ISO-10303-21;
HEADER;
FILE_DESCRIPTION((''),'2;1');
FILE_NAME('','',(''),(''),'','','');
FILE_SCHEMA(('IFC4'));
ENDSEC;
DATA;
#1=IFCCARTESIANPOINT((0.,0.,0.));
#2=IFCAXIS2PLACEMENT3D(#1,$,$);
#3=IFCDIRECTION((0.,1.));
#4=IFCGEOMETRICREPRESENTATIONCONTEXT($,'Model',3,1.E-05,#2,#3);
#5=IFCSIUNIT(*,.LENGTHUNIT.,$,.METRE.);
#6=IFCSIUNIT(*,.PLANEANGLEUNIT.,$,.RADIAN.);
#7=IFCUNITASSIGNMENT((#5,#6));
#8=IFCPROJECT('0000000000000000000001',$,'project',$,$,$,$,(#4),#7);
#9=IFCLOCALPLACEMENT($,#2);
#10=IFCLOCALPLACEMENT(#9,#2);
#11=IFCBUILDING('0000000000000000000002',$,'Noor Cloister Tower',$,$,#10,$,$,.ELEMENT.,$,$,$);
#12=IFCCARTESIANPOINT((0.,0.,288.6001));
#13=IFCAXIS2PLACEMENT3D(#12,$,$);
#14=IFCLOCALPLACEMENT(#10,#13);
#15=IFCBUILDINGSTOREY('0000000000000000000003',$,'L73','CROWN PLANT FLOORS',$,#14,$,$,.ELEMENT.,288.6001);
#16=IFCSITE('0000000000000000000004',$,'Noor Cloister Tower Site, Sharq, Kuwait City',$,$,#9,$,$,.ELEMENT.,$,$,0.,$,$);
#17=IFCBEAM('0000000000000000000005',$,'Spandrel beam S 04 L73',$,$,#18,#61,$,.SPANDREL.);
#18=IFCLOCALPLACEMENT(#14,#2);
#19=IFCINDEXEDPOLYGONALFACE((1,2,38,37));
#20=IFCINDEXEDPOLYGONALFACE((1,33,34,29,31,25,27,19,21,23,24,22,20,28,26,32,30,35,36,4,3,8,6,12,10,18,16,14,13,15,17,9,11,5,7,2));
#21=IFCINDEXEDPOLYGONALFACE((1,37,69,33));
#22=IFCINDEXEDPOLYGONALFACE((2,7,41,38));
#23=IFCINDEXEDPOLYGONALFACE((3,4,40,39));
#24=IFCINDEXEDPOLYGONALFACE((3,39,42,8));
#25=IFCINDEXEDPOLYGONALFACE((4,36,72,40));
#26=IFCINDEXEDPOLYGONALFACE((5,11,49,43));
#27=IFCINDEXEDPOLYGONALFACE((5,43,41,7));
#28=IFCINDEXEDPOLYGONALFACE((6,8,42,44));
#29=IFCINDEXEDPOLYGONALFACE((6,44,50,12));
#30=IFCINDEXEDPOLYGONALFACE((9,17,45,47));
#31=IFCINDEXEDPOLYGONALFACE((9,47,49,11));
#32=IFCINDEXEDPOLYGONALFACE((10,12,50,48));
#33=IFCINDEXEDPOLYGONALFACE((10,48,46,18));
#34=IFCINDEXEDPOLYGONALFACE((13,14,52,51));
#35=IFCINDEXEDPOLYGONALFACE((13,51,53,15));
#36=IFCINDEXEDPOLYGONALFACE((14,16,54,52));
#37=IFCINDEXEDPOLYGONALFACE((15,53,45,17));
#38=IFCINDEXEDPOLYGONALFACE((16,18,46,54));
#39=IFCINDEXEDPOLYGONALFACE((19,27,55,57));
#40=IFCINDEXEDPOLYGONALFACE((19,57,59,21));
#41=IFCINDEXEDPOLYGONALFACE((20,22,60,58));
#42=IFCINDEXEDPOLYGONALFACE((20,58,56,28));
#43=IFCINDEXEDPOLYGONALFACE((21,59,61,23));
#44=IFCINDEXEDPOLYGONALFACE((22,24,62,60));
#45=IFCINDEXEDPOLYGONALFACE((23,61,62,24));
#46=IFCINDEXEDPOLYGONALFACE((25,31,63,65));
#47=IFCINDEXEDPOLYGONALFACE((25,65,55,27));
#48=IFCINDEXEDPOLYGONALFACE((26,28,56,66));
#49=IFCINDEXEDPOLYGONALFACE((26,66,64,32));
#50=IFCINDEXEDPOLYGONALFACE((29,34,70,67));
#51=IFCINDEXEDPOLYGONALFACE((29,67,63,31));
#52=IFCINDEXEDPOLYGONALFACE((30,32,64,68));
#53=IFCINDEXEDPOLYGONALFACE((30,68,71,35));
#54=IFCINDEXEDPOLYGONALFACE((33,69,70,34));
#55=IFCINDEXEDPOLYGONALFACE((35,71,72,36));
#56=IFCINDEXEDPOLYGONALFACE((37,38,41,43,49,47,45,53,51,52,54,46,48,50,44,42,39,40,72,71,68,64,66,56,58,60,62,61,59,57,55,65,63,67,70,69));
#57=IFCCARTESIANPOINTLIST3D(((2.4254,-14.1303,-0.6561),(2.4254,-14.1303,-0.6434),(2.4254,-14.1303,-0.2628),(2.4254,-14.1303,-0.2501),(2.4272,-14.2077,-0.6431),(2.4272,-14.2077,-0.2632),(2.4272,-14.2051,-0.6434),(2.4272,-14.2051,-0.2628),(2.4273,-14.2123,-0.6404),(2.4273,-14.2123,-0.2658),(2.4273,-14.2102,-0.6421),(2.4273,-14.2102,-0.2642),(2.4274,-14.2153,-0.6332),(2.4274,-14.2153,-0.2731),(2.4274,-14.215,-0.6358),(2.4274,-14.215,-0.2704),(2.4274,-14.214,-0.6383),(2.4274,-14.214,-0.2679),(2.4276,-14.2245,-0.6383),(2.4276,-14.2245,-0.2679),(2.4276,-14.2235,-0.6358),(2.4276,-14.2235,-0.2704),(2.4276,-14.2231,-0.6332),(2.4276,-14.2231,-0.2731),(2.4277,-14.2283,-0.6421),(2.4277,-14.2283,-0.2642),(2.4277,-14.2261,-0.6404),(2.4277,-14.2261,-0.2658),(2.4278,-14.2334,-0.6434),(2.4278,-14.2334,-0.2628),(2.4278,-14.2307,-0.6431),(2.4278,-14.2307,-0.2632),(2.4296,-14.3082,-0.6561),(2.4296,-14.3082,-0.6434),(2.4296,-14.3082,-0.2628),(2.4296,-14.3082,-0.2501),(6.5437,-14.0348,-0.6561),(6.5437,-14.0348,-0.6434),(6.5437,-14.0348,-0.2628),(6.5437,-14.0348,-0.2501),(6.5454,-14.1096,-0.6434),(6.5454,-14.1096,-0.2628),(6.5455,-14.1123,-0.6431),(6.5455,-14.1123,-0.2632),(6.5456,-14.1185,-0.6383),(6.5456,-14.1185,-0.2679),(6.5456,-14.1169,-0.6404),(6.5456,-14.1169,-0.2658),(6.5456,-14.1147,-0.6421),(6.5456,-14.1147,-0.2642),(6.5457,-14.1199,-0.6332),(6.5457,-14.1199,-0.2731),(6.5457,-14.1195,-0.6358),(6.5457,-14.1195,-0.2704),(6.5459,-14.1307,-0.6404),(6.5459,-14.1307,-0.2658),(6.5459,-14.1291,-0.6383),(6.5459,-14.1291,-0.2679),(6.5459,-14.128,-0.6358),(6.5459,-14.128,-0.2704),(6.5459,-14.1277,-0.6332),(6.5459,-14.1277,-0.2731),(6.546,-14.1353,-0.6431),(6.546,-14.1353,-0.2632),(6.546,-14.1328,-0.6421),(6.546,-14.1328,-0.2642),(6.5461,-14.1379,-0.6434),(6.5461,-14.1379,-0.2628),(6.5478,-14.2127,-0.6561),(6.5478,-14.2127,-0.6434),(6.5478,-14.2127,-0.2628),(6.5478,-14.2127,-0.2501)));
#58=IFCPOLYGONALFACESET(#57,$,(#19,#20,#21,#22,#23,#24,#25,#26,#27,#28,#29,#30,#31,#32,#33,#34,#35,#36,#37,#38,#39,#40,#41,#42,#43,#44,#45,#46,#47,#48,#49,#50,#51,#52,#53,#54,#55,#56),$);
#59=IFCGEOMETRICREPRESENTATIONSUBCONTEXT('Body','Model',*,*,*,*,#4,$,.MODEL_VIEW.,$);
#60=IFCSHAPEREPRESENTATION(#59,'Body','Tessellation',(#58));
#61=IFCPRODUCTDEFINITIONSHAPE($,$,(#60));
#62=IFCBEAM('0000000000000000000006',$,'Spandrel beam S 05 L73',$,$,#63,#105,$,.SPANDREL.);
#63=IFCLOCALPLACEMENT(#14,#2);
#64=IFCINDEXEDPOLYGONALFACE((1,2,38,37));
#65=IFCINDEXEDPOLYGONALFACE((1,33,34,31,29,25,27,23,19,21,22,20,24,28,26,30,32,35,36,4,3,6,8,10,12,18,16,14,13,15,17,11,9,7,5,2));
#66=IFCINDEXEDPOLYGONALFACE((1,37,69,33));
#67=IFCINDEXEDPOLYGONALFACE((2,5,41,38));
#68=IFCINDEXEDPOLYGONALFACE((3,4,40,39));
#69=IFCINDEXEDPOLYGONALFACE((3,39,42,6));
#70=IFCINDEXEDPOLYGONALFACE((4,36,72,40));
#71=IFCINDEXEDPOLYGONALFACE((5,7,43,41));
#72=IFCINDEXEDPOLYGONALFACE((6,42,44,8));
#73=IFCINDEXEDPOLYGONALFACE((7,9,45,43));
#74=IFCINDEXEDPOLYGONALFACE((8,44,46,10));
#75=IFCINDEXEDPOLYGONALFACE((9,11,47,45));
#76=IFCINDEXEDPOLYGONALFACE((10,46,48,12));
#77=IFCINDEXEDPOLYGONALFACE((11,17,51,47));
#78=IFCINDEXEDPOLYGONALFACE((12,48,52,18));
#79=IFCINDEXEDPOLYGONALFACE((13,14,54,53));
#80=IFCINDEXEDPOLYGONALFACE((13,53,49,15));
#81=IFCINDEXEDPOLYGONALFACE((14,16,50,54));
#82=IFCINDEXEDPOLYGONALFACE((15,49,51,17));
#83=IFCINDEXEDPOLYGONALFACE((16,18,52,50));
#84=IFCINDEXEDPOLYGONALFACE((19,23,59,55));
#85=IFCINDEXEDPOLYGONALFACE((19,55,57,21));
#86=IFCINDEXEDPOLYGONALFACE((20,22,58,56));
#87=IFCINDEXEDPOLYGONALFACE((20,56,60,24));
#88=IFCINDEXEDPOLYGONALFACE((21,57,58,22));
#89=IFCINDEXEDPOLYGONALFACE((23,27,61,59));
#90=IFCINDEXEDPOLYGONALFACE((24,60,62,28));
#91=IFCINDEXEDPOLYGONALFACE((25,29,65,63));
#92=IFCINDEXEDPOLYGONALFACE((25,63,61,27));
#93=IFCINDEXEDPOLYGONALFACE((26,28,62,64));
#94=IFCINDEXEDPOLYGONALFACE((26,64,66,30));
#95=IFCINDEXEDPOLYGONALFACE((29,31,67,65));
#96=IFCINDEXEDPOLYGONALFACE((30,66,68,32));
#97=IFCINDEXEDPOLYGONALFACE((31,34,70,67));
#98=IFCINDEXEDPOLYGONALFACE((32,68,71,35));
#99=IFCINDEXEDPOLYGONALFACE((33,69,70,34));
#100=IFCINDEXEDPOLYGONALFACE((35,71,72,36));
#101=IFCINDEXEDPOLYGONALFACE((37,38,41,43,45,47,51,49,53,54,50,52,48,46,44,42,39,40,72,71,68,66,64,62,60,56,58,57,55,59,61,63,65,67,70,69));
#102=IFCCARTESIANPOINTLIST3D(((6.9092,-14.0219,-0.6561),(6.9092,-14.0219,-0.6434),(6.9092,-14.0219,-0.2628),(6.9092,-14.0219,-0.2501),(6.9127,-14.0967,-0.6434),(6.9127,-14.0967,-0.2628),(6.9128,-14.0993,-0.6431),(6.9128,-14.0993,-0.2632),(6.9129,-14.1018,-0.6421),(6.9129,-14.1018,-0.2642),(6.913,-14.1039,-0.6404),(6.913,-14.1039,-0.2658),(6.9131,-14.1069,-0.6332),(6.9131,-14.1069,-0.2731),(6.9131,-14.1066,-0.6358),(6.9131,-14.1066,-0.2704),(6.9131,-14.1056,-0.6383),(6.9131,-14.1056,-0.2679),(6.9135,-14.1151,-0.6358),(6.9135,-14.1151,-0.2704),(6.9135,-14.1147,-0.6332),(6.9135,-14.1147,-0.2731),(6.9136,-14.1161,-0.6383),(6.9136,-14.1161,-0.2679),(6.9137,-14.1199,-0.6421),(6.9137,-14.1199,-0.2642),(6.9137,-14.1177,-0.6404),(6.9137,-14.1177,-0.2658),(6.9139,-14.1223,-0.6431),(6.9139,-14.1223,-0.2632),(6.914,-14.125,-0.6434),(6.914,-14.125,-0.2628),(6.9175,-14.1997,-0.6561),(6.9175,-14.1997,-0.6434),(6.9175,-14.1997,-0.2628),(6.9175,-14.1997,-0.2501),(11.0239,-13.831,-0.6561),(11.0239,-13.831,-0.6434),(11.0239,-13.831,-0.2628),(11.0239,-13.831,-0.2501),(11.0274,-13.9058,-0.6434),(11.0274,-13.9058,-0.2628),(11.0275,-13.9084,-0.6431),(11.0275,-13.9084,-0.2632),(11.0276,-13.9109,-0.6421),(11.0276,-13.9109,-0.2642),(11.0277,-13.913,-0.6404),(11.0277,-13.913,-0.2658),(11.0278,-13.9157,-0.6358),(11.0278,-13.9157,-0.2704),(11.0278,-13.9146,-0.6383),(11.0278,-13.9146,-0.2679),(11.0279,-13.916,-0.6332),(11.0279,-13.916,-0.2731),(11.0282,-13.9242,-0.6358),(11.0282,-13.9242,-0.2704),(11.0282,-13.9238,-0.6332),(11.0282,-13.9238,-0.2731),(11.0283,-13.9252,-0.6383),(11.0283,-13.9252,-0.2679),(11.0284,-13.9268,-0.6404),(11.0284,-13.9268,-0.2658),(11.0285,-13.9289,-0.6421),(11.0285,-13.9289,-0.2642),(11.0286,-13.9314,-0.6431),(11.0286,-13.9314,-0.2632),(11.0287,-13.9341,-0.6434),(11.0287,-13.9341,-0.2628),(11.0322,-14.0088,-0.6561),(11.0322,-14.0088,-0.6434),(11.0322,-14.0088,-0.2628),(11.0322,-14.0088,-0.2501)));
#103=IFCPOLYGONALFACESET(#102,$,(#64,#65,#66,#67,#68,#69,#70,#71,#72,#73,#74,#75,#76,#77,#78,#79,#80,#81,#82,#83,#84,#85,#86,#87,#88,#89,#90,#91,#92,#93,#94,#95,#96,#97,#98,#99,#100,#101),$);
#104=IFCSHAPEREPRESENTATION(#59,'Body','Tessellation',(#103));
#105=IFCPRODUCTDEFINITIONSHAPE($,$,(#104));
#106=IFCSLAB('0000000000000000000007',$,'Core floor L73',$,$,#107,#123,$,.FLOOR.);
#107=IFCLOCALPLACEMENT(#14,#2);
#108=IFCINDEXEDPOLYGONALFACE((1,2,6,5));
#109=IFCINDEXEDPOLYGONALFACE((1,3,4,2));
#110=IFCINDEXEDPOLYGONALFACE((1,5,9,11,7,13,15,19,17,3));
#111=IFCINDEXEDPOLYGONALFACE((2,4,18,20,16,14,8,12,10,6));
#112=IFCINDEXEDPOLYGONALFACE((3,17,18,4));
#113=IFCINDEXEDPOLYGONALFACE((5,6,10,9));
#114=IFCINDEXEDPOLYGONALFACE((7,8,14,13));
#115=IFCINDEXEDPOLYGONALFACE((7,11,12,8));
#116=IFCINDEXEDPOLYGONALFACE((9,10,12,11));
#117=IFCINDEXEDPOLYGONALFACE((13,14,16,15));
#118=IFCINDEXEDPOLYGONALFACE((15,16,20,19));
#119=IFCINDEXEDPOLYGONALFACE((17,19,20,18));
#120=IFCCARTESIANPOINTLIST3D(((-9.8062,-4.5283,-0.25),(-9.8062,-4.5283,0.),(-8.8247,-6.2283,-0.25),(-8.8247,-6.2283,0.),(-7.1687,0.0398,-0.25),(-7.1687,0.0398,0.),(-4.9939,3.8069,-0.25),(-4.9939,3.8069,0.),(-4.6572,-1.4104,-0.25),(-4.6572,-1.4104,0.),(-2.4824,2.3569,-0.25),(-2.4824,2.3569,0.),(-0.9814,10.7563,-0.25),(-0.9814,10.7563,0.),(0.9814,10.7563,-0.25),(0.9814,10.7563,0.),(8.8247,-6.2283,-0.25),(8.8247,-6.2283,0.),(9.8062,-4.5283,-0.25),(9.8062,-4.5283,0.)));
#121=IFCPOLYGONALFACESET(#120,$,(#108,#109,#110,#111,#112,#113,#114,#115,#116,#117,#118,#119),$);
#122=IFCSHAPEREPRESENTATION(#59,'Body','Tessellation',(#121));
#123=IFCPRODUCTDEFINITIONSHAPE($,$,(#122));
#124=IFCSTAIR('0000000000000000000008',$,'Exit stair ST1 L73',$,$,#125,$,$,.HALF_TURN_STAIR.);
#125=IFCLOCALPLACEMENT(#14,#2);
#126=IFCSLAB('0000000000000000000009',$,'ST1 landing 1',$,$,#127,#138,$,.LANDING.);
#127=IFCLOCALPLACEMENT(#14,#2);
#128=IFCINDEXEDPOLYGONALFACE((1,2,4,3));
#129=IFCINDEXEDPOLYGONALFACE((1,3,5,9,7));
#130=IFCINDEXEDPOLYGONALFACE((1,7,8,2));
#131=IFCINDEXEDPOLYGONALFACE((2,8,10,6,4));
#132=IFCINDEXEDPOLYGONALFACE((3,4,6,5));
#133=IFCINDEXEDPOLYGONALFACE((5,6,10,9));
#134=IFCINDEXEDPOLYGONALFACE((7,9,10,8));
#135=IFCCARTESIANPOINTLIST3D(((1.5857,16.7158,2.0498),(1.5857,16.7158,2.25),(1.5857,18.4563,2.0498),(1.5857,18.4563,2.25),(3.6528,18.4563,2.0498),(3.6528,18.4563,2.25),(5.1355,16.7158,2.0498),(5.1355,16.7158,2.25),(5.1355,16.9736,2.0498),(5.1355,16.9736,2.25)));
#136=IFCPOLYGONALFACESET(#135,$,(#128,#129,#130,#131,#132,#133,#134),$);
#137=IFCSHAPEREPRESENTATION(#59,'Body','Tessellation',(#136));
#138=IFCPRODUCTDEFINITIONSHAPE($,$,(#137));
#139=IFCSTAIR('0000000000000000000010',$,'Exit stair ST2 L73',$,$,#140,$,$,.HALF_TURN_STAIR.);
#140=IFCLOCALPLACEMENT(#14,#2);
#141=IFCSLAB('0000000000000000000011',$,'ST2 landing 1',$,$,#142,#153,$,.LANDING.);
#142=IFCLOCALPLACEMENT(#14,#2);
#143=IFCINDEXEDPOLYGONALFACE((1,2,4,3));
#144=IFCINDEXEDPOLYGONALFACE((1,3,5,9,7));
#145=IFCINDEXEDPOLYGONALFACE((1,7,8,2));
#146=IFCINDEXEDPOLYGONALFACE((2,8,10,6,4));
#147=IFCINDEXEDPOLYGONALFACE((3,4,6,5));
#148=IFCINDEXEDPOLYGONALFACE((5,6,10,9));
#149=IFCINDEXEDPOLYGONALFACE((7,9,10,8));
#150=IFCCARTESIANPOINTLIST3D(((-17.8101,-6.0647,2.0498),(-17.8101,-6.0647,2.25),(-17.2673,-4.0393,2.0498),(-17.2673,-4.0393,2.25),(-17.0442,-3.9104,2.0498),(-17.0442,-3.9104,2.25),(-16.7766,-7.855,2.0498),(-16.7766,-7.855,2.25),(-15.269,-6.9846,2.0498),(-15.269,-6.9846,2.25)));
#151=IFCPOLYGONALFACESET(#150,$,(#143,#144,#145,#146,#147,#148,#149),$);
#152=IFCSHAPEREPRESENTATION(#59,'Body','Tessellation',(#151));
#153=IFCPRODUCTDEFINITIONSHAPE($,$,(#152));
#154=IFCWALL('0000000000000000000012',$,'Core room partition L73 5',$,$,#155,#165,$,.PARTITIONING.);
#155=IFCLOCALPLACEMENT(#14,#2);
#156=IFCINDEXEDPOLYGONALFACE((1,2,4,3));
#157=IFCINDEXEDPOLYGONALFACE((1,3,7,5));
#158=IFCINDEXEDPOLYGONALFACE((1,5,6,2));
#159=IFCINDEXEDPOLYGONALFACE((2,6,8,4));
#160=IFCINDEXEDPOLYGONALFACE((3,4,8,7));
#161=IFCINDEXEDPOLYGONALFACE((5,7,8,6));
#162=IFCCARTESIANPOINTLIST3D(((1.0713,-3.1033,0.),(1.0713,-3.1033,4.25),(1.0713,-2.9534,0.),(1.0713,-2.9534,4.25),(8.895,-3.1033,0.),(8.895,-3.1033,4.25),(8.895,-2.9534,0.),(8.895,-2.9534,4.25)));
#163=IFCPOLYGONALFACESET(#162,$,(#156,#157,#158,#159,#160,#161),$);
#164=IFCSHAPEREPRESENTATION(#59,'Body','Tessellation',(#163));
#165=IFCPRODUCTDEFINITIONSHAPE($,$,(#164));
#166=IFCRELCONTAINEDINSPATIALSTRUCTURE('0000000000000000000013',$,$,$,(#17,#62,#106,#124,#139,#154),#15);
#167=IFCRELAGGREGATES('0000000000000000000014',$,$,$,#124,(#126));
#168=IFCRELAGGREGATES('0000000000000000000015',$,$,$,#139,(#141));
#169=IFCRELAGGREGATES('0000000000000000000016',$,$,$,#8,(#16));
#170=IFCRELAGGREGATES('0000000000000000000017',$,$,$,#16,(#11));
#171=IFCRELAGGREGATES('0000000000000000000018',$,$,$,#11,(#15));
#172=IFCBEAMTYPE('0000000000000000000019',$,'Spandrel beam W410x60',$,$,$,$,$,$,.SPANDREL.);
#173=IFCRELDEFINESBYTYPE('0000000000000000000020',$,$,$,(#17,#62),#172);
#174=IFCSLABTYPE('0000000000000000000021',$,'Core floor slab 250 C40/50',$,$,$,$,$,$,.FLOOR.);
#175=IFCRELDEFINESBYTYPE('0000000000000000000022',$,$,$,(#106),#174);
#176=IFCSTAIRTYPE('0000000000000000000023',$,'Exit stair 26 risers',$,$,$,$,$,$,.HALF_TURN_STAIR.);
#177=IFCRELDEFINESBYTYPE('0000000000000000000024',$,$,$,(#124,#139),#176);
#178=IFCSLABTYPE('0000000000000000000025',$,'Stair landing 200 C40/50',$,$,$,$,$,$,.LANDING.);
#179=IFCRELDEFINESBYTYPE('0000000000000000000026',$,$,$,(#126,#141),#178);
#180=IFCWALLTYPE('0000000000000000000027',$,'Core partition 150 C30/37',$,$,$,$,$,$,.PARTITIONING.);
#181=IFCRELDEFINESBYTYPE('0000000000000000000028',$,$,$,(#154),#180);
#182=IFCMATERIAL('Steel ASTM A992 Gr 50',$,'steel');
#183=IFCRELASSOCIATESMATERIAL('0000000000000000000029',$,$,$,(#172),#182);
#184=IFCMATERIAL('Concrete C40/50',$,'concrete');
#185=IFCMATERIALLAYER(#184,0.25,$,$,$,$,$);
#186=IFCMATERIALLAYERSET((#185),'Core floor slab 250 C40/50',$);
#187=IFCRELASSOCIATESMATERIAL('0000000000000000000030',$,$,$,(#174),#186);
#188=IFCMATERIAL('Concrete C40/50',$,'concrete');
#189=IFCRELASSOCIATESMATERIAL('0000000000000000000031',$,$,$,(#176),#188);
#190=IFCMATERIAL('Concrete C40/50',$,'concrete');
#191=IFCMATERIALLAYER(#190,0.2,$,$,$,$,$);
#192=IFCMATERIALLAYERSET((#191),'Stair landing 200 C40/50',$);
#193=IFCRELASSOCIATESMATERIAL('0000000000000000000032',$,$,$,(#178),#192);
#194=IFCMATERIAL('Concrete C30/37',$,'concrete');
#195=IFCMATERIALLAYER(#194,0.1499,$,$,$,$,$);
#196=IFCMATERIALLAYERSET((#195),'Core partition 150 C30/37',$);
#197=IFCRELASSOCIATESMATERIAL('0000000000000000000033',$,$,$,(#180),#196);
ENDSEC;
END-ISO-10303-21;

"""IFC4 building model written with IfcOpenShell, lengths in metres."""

from ifc_helpers import new_model, si_unit, direction, frame, frame_2d, origin, origin_2d, place, context, subcontext, project, spatial, polyline, rectangle, i_section, outline, extrude, material, layer, layer_set, material_profile, profile_set, type_object, element, aggregate, save


model = new_model("IFC4")

# Units and contexts
model_context = context("Model", 3, precision=1e-05, world=origin(), true_north=direction((0.0, 1.0)))
body_context = subcontext(model_context, "Body", "Model", "MODEL_VIEW")
ifc_project = project(units=[si_unit("LENGTHUNIT", "METRE"), si_unit("PLANEANGLEUNIT", "RADIAN")], contexts=[model_context])

# Site, building, storey
site_placement = place(None, origin())
site = spatial("IfcSite", under=ifc_project, at=site_placement, Name="Noor Cloister Tower Site, Sharq, Kuwait City", CompositionType="ELEMENT", RefElevation=0.0)
building_placement = place(site_placement, origin())
building = spatial("IfcBuilding", under=site, at=building_placement, Name="Noor Cloister Tower", CompositionType="ELEMENT")
storey_placement = place(building_placement, frame((0.0, 0.0, 288.6001)))
storey = spatial("IfcBuildingStorey", under=building, at=storey_placement, Name="L73", Description="CROWN PLANT FLOORS", CompositionType="ELEMENT", Elevation=288.6001)

# Beams
ifc_material_1 = material(Name="Steel ASTM A992 Gr 50", Category="steel")
ifc_material_profile_1 = material_profile(ifc_material_1, i_section(OverallWidth=0.178, OverallDepth=0.406, WebThickness=0.0078, FlangeThickness=0.0127, FilletRadius=0.0103, at=origin_2d()), Name="W410x60")
ifc_profile_set_1 = profile_set([ifc_material_profile_1], Name="Steel ASTM A992 Gr 50")
beam_type_1 = type_object("IfcBeamType", Name="Spandrel beam W410x60", PredefinedType="SPANDREL", material=ifc_profile_set_1)
beam_1_placement = place(storey_placement, frame((2.4275, -14.2192, -0.4531), z_axis=(0.999731, 0.023174, 0.0), x_axis=(-0.023174, 0.999731, 0.0)))
element("IfcBeam", 1, at=beam_1_placement, inside=storey, type_object=beam_type_1, Name="Spandrel beam S 04 L73", PredefinedType="SPANDREL", context=body_context, shape_type="SweptSolid", body=[
    extrude(i_section(OverallWidth=0.178, OverallDepth=0.406, WebThickness=0.0078, FlangeThickness=0.0127, FilletRadius=0.0103, at=origin_2d()), origin(), (0.0, 0.0, 1.0), 4.1194),
])
beam_2_placement = place(storey_placement, frame((6.9133, -14.1108, -0.4531), z_axis=(0.998925, 0.046349, 0.0), x_axis=(-0.046349, 0.998925, 0.0)))
element("IfcBeam", 2, at=beam_2_placement, inside=storey, type_object=beam_type_1, Name="Spandrel beam S 05 L73", PredefinedType="SPANDREL", context=body_context, shape_type="SweptSolid", body=[
    extrude(i_section(OverallWidth=0.178, OverallDepth=0.406, WebThickness=0.0078, FlangeThickness=0.0127, FilletRadius=0.0103, at=origin_2d()), origin(), (0.0, 0.0, 1.0), 4.1191),
])

# Slab
ifc_material_2 = material(Name="Concrete C40/50", Category="concrete")
ifc_layer_1 = layer(ifc_material_2, 0.25)
ifc_layer_set_1 = layer_set([ifc_layer_1], Name="Core floor slab 250 C40/50")
slab_type_1 = type_object("IfcSlabType", Name="Core floor slab 250 C40/50", PredefinedType="FLOOR", material=ifc_layer_set_1)
slab_1_placement = place(storey_placement, frame((0.0, 0.0, -0.25)))
element("IfcSlab", 3, at=slab_1_placement, inside=storey, type_object=slab_type_1, Name="Core floor L73", PredefinedType="FLOOR", context=body_context, shape_type="SweptSolid", body=[
    extrude(outline(polyline([(-4.9939, 3.8069), (-2.4824, 2.3569), (-4.6572, -1.4104), (-7.1687, 0.0398), (-9.8062, -4.5283), (-8.8247, -6.2283), (8.8247, -6.2283), (9.8062, -4.5283), (0.9814, 10.7563), (-0.9814, 10.7563), (-4.9939, 3.8069)])), origin(), (0.0, 0.0, 1.0), 0.25),
])

# Stairs, slabs
ifc_material_3 = material(Name="Concrete C40/50", Category="concrete")
stair_type = type_object("IfcStairType", Name="Exit stair 26 risers", PredefinedType="HALF_TURN_STAIR", material=ifc_material_3)
stair_1_placement = place(storey_placement, origin())
stair_1 = element("IfcStair", 4, at=stair_1_placement, inside=storey, type_object=stair_type, Name="Exit stair ST1 L73", PredefinedType="HALF_TURN_STAIR")
ifc_material_4 = material(Name="Concrete C40/50", Category="concrete")
ifc_layer_2 = layer(ifc_material_4, 0.2)
ifc_layer_set_2 = layer_set([ifc_layer_2], Name="Stair landing 200 C40/50")
slab_type_2 = type_object("IfcSlabType", Name="Stair landing 200 C40/50", PredefinedType="LANDING", material=ifc_layer_set_2)
slab_2_placement = place(storey_placement, frame((0.0, 0.0, 2.0498)))
slab_2 = element("IfcSlab", 5, at=slab_2_placement, type_object=slab_type_2, Name="ST1 landing 1", PredefinedType="LANDING", context=body_context, shape_type="SweptSolid", body=[
    extrude(outline(polyline([(5.1355, 16.7158), (5.1355, 16.9736), (3.6528, 18.4563), (1.5857, 18.4563), (1.5857, 16.7158), (5.1355, 16.7158)])), origin(), (0.0, 0.0, 1.0), 0.2002),
])
aggregate(stair_1, [slab_2])
stair_2_placement = place(storey_placement, origin())
stair_2 = element("IfcStair", 6, at=stair_2_placement, inside=storey, type_object=stair_type, Name="Exit stair ST2 L73", PredefinedType="HALF_TURN_STAIR")
slab_3_placement = place(storey_placement, frame((0.0, 0.0, 2.0498)))
slab_3 = element("IfcSlab", 7, at=slab_3_placement, type_object=slab_type_2, Name="ST2 landing 1", PredefinedType="LANDING", context=body_context, shape_type="SweptSolid", body=[
    extrude(outline(polyline([(-17.0442, -3.9104), (-17.2673, -4.0393), (-17.8101, -6.0647), (-16.7766, -7.855), (-15.269, -6.9846), (-17.0442, -3.9104)])), origin(), (0.0, 0.0, 1.0), 0.2002),
])
aggregate(stair_2, [slab_3])

# Wall
ifc_material_5 = material(Name="Concrete C30/37", Category="concrete")
ifc_layer_3 = layer(ifc_material_5, 0.1499)
ifc_layer_set_3 = layer_set([ifc_layer_3], Name="Core partition 150 C30/37")
wall_type_1 = type_object("IfcWallType", Name="Core partition 150 C30/37", PredefinedType="PARTITIONING", material=ifc_layer_set_3)
wall_1_placement = place(storey_placement, frame((1.0713, -3.0283, 0.0), z_axis=(0.0, 0.0, 1.0), x_axis=(1.0, 0.0, 0.0)))
element("IfcWall", 8, at=wall_1_placement, inside=storey, type_object=wall_type_1, Name="Core room partition L73 5", PredefinedType="PARTITIONING", context=body_context, shape_type="SweptSolid", body=[
    extrude(rectangle(XDim=7.8237, YDim=0.1499, at=frame_2d((3.9119, 0.0))), origin(), (0.0, 0.0, 1.0), 4.25),
])

save(model, "model.ifc")
